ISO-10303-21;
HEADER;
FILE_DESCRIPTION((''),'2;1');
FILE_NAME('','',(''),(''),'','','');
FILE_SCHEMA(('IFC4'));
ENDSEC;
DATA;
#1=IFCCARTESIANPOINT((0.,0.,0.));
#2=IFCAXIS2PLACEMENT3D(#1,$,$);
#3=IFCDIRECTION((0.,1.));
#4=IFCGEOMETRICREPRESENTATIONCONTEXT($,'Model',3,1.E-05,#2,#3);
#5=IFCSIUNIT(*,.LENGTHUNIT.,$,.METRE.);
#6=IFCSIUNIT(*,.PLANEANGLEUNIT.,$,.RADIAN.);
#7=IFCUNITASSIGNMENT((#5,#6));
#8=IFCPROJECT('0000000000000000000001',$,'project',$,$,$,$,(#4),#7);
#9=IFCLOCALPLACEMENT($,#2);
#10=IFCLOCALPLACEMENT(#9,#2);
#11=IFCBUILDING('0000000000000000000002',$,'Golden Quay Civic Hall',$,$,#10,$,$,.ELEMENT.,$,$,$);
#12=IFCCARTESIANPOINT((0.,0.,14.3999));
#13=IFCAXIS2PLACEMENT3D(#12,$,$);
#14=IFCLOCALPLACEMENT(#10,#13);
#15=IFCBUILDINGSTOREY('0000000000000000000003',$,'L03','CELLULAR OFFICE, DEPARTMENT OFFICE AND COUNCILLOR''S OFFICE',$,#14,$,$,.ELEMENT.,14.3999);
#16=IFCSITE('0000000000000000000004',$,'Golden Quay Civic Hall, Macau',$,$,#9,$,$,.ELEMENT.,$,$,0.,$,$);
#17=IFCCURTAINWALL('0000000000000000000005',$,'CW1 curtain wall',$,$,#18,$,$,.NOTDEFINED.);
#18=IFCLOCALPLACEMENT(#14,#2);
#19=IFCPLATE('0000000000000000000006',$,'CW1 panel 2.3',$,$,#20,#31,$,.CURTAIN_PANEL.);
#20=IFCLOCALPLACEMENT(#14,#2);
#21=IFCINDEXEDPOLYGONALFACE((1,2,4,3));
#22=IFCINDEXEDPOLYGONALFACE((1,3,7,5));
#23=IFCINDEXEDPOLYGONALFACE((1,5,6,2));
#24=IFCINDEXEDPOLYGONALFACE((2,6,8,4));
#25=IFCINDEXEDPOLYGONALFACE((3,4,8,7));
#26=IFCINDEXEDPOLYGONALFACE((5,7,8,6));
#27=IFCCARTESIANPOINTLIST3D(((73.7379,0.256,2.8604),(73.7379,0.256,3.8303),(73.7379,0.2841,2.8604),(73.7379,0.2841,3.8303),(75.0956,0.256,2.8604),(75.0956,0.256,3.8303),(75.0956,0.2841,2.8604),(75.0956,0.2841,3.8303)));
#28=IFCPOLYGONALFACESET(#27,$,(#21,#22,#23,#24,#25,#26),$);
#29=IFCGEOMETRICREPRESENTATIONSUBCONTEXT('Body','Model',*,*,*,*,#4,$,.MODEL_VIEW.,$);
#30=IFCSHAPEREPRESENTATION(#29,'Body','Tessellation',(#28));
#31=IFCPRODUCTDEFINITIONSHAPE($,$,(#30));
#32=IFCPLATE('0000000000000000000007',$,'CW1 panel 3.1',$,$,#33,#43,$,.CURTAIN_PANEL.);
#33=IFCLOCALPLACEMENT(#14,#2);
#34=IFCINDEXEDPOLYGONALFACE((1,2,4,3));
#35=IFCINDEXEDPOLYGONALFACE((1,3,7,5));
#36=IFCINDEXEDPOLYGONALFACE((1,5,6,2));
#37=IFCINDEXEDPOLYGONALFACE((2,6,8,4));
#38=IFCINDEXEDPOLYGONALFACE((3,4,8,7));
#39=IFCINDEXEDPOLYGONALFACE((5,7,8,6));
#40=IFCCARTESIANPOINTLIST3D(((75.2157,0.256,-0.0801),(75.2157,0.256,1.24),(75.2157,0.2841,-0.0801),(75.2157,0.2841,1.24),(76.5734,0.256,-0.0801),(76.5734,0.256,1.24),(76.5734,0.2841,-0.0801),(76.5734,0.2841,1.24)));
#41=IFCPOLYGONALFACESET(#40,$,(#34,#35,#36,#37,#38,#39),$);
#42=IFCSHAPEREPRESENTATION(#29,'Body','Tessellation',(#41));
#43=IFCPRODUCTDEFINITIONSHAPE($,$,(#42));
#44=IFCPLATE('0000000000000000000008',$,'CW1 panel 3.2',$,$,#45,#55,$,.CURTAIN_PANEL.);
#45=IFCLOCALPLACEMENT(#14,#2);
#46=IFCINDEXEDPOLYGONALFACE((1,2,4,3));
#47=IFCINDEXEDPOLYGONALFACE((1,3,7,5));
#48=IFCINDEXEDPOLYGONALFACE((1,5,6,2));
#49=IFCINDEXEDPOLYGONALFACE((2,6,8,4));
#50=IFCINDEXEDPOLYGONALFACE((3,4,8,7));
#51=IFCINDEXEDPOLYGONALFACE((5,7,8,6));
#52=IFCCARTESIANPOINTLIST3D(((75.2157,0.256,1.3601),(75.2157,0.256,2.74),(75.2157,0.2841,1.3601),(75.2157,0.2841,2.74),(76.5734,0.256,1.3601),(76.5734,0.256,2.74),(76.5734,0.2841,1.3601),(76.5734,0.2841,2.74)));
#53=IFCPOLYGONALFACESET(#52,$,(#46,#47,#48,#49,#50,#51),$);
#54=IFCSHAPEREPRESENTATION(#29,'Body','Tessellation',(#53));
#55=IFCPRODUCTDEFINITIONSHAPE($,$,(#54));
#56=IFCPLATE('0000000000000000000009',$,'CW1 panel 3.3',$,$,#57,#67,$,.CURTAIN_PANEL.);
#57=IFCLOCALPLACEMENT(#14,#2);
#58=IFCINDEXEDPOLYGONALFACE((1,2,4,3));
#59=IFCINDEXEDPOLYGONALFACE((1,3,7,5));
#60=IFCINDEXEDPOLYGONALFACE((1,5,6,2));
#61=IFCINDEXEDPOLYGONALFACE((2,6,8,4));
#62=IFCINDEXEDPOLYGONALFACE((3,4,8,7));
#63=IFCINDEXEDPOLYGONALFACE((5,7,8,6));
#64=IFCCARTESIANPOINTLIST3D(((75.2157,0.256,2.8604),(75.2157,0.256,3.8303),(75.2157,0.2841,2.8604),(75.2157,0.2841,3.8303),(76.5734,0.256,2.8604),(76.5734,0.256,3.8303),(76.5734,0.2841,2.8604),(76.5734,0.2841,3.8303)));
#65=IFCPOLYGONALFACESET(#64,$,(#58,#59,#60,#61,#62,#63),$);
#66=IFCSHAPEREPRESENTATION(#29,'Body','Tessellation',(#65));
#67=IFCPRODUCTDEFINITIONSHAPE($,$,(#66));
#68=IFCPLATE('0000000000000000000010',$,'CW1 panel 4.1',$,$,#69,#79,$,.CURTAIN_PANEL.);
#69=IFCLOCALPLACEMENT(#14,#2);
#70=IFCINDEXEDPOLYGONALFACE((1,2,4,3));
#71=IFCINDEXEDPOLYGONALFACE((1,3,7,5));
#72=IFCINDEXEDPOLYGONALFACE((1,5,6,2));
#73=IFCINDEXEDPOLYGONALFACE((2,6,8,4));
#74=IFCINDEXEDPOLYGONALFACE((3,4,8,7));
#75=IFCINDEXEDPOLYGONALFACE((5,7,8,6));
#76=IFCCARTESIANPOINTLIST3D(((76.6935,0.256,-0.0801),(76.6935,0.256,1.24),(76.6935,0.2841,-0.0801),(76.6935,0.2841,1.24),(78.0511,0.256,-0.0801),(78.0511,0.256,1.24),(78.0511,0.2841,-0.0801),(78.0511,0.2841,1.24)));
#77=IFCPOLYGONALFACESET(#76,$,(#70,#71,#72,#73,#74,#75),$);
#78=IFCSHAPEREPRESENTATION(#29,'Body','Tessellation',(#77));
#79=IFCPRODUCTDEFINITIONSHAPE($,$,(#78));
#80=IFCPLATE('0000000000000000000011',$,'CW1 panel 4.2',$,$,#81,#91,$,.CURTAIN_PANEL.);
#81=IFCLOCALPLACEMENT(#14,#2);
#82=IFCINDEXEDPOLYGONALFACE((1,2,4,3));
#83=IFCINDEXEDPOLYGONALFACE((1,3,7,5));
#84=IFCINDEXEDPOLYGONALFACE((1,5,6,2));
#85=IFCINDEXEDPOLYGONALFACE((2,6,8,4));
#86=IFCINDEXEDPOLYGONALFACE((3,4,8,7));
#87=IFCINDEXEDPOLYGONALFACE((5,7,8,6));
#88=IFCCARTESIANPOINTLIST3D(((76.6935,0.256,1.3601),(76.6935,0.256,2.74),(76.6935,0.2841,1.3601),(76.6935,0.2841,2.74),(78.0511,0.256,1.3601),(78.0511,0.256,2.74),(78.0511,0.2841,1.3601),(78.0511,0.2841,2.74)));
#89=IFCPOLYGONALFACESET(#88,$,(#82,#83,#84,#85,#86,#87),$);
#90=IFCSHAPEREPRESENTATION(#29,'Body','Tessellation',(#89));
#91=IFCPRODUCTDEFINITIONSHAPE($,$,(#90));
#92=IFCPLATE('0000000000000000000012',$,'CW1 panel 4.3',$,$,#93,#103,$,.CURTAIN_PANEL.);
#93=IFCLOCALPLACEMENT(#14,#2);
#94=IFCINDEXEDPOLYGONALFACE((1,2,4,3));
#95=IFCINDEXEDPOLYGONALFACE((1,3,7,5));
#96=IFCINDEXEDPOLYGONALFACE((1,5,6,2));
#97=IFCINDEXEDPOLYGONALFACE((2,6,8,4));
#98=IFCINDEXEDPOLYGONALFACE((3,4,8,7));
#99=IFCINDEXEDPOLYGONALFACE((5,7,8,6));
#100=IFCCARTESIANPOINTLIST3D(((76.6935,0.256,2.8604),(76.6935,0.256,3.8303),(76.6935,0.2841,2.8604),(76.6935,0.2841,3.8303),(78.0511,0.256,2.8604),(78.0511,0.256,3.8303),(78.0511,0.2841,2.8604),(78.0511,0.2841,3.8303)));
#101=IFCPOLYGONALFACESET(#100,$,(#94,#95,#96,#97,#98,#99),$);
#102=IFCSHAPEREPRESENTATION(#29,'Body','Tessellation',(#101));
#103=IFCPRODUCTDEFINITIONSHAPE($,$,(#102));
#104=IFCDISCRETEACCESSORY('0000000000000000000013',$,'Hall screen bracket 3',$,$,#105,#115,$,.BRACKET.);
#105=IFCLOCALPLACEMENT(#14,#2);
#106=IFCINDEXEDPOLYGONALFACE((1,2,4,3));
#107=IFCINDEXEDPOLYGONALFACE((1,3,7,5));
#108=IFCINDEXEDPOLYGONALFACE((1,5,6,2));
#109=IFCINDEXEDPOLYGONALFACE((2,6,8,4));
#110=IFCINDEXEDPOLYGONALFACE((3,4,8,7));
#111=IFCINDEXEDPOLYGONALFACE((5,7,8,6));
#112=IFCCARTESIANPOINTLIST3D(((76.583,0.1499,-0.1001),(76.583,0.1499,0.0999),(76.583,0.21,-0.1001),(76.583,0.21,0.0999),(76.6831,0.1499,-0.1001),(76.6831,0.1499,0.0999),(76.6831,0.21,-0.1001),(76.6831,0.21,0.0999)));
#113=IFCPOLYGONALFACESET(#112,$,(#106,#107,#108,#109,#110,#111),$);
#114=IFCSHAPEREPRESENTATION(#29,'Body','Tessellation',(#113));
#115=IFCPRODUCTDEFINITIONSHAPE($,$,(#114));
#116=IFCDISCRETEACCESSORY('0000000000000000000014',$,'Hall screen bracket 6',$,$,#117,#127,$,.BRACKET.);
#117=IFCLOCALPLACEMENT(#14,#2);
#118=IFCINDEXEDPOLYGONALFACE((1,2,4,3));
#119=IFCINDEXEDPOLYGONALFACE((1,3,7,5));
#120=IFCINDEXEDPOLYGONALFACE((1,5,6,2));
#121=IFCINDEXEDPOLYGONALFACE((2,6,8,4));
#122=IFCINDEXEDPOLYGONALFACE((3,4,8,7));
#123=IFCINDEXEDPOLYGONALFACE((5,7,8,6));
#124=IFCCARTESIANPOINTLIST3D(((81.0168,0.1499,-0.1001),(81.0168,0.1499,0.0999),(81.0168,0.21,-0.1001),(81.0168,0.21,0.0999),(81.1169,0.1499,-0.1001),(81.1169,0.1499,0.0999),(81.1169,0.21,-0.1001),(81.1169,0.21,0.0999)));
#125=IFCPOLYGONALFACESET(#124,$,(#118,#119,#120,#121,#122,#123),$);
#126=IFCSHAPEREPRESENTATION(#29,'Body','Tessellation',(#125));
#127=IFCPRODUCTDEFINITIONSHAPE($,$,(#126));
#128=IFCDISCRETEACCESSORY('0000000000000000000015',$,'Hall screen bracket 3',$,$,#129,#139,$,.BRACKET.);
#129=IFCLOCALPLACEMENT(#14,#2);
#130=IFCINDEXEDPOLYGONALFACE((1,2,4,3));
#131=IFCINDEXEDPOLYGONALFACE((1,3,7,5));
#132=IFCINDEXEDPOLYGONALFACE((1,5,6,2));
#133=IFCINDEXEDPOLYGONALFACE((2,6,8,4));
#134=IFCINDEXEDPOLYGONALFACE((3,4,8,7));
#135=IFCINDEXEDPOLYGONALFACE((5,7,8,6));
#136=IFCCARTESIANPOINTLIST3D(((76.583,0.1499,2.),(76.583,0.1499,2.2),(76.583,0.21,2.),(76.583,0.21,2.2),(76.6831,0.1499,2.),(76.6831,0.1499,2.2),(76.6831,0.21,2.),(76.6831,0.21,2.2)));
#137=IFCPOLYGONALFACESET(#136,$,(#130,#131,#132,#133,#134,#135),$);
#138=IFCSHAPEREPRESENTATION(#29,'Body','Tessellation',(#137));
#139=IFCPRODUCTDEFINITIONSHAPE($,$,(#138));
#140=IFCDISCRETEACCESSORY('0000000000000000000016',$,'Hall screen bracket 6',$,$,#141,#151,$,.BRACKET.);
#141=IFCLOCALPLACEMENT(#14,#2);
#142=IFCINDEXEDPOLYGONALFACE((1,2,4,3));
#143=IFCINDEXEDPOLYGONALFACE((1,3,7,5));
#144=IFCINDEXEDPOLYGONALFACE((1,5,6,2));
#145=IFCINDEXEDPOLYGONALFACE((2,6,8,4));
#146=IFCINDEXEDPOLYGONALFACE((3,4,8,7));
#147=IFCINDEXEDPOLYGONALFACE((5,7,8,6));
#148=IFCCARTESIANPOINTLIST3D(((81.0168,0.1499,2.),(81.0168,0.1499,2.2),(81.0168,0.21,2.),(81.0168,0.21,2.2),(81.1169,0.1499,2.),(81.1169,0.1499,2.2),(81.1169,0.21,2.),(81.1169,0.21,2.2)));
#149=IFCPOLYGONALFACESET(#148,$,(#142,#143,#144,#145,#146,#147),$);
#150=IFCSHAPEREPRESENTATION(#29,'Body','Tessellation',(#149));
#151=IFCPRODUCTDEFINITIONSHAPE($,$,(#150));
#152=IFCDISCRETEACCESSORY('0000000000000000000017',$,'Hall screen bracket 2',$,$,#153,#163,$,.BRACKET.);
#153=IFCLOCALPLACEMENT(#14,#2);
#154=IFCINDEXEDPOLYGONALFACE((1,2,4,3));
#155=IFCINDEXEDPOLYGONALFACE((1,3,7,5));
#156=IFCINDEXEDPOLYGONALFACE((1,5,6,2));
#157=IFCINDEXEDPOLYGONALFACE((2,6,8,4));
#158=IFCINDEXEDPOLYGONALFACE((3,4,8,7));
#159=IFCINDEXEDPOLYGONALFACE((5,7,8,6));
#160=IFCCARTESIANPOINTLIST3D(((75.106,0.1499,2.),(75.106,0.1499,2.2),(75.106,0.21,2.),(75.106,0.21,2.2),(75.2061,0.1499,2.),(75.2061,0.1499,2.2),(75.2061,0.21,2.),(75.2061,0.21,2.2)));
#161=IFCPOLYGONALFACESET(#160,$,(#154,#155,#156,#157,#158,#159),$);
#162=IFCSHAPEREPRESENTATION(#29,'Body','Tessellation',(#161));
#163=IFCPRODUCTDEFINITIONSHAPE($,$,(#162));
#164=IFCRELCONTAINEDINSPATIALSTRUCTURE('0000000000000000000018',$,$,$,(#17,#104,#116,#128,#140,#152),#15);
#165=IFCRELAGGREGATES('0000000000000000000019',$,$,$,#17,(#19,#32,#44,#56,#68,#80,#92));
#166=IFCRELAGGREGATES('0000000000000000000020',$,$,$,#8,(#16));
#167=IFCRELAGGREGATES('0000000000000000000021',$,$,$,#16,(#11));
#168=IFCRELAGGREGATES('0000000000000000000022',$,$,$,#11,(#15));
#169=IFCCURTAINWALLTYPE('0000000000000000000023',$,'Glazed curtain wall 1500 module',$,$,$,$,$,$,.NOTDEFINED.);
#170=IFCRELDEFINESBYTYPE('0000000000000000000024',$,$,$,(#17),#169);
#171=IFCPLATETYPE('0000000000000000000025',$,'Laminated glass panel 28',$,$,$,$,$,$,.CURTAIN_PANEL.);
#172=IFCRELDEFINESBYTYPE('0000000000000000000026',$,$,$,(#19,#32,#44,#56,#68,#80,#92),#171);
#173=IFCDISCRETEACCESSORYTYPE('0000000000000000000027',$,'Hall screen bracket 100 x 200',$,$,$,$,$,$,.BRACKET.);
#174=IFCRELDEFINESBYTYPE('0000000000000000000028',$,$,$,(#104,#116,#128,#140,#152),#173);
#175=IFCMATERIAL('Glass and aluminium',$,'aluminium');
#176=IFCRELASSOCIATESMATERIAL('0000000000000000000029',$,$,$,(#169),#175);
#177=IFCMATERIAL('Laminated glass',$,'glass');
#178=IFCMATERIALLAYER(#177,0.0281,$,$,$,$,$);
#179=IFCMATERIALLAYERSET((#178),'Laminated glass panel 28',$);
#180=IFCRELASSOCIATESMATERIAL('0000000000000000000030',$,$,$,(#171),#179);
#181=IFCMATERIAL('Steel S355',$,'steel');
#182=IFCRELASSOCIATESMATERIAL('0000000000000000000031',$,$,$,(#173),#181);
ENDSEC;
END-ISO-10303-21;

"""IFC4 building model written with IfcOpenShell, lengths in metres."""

from ifc_helpers import new_model, si_unit, direction, frame, origin, origin_2d, place, context, subcontext, project, spatial, rectangle, extrude, material, layer, layer_set, type_object, element, aggregate, save


model = new_model("IFC4")

# Units and contexts
model_context = context("Model", 3, precision=1e-05, world=origin(), true_north=direction((0.0, 1.0)))
body_context = subcontext(model_context, "Body", "Model", "MODEL_VIEW")
ifc_project = project(units=[si_unit("LENGTHUNIT", "METRE"), si_unit("PLANEANGLEUNIT", "RADIAN")], contexts=[model_context])

# Site, building, storey
site_placement = place(None, origin())
site = spatial("IfcSite", under=ifc_project, at=site_placement, Name="Golden Quay Civic Hall, Macau", CompositionType="ELEMENT", RefElevation=0.0)
building_placement = place(site_placement, origin())
building = spatial("IfcBuilding", under=site, at=building_placement, Name="Golden Quay Civic Hall", CompositionType="ELEMENT")
storey_placement = place(building_placement, frame((0.0, 0.0, 14.3999)))
storey = spatial("IfcBuildingStorey", under=building, at=storey_placement, Name="L03", Description="CELLULAR OFFICE, DEPARTMENT OFFICE AND COUNCILLOR'S OFFICE", CompositionType="ELEMENT", Elevation=14.3999)

# Curtain wall, plates
ifc_material_1 = material(Name="Glass and aluminium", Category="aluminium")
curtain_wall_type = type_object("IfcCurtainWallType", Name="Glazed curtain wall 1500 module", PredefinedType="NOTDEFINED", material=ifc_material_1)
curtain_wall_placement = place(storey_placement, origin())
curtain_wall = element("IfcCurtainWall", 1, at=curtain_wall_placement, inside=storey, type_object=curtain_wall_type, Name="CW1 curtain wall", PredefinedType="NOTDEFINED")
ifc_material_2 = material(Name="Laminated glass", Category="glass")
ifc_layer_1 = layer(ifc_material_2, 0.0281)
ifc_layer_set_1 = layer_set([ifc_layer_1], Name="Laminated glass panel 28")
plate_type_1 = type_object("IfcPlateType", Name="Laminated glass panel 28", PredefinedType="CURTAIN_PANEL", material=ifc_layer_set_1)
plate_1_placement = place(storey_placement, frame((74.4167, 0.27, 2.8604), z_axis=(0.0, 0.0, 1.0), x_axis=(1.0, 0.0, 0.0)))
plate_1 = element("IfcPlate", 2, at=plate_1_placement, type_object=plate_type_1, Name="CW1 panel 2.3", PredefinedType="CURTAIN_PANEL", context=body_context, shape_type="SweptSolid", body=[
    extrude(rectangle(XDim=1.3577, YDim=0.0281, at=origin_2d()), origin(), (0.0, 0.0, 1.0), 0.97),
])
plate_2_placement = place(storey_placement, frame((75.8945, 0.27, -0.0801), z_axis=(0.0, 0.0, 1.0), x_axis=(1.0, 0.0, 0.0)))
plate_2 = element("IfcPlate", 3, at=plate_2_placement, type_object=plate_type_1, Name="CW1 panel 3.1", PredefinedType="CURTAIN_PANEL", context=body_context, shape_type="SweptSolid", body=[
    extrude(rectangle(XDim=1.3577, YDim=0.0281, at=origin_2d()), origin(), (0.0, 0.0, 1.0), 1.3201),
])
plate_3_placement = place(storey_placement, frame((75.8945, 0.27, 1.3601), z_axis=(0.0, 0.0, 1.0), x_axis=(1.0, 0.0, 0.0)))
plate_3 = element("IfcPlate", 4, at=plate_3_placement, type_object=plate_type_1, Name="CW1 panel 3.2", PredefinedType="CURTAIN_PANEL", context=body_context, shape_type="SweptSolid", body=[
    extrude(rectangle(XDim=1.3577, YDim=0.0281, at=origin_2d()), origin(), (0.0, 0.0, 1.0), 1.3799),
])
plate_4_placement = place(storey_placement, frame((75.8945, 0.27, 2.8604), z_axis=(0.0, 0.0, 1.0), x_axis=(1.0, 0.0, 0.0)))
plate_4 = element("IfcPlate", 5, at=plate_4_placement, type_object=plate_type_1, Name="CW1 panel 3.3", PredefinedType="CURTAIN_PANEL", context=body_context, shape_type="SweptSolid", body=[
    extrude(rectangle(XDim=1.3577, YDim=0.0281, at=origin_2d()), origin(), (0.0, 0.0, 1.0), 0.97),
])
plate_5_placement = place(storey_placement, frame((77.3723, 0.27, -0.0801), z_axis=(0.0, 0.0, 1.0), x_axis=(1.0, 0.0, 0.0)))
plate_5 = element("IfcPlate", 6, at=plate_5_placement, type_object=plate_type_1, Name="CW1 panel 4.1", PredefinedType="CURTAIN_PANEL", context=body_context, shape_type="SweptSolid", body=[
    extrude(rectangle(XDim=1.3577, YDim=0.0281, at=origin_2d()), origin(), (0.0, 0.0, 1.0), 1.3201),
])
plate_6_placement = place(storey_placement, frame((77.3723, 0.27, 1.3601), z_axis=(0.0, 0.0, 1.0), x_axis=(1.0, 0.0, 0.0)))
plate_6 = element("IfcPlate", 7, at=plate_6_placement, type_object=plate_type_1, Name="CW1 panel 4.2", PredefinedType="CURTAIN_PANEL", context=body_context, shape_type="SweptSolid", body=[
    extrude(rectangle(XDim=1.3577, YDim=0.0281, at=origin_2d()), origin(), (0.0, 0.0, 1.0), 1.3799),
])
plate_7_placement = place(storey_placement, frame((77.3723, 0.27, 2.8604), z_axis=(0.0, 0.0, 1.0), x_axis=(1.0, 0.0, 0.0)))
plate_7 = element("IfcPlate", 8, at=plate_7_placement, type_object=plate_type_1, Name="CW1 panel 4.3", PredefinedType="CURTAIN_PANEL", context=body_context, shape_type="SweptSolid", body=[
    extrude(rectangle(XDim=1.3577, YDim=0.0281, at=origin_2d()), origin(), (0.0, 0.0, 1.0), 0.97),
])
aggregate(curtain_wall, [plate_1, plate_2, plate_3, plate_4, plate_5, plate_6, plate_7])

# Discrete accessories
ifc_material_3 = material(Name="Steel S355", Category="steel")
discrete_accessory_type = type_object("IfcDiscreteAccessoryType", Name="Hall screen bracket 100 x 200", PredefinedType="BRACKET", material=ifc_material_3)
for number, where, z_axis, x_axis, name in (
    (9, (76.6331, 0.1799, -0.1001), (0.0, 0.0, 1.0), (1.0, 0.0, 0.0), "Hall screen bracket 3"),
    (10, (81.0669, 0.1799, -0.1001), (0.0, 0.0, 1.0), (1.0, 0.0, 0.0), "Hall screen bracket 6"),
    (11, (76.6331, 0.1799, 2.0), (0.0, 0.0, 1.0), (1.0, 0.0, 0.0), "Hall screen bracket 3"),
    (12, (81.0669, 0.1799, 2.0), (0.0, 0.0, 1.0), (1.0, 0.0, 0.0), "Hall screen bracket 6"),
    (13, (75.156, 0.1799, 2.0), (0.0, 0.0, 1.0), (1.0, 0.0, 0.0), "Hall screen bracket 2"),
):
    element("IfcDiscreteAccessory", number, at=place(storey_placement, frame(where, z_axis=z_axis, x_axis=x_axis)), inside=storey, type_object=discrete_accessory_type, Name=name, PredefinedType="BRACKET", context=body_context, shape_type="SweptSolid", body=[
        extrude(rectangle(XDim=0.1001, YDim=0.0601, at=origin_2d()), origin(), (0.0, 0.0, 1.0), 0.2),
    ])

save(model, "model.ifc")
